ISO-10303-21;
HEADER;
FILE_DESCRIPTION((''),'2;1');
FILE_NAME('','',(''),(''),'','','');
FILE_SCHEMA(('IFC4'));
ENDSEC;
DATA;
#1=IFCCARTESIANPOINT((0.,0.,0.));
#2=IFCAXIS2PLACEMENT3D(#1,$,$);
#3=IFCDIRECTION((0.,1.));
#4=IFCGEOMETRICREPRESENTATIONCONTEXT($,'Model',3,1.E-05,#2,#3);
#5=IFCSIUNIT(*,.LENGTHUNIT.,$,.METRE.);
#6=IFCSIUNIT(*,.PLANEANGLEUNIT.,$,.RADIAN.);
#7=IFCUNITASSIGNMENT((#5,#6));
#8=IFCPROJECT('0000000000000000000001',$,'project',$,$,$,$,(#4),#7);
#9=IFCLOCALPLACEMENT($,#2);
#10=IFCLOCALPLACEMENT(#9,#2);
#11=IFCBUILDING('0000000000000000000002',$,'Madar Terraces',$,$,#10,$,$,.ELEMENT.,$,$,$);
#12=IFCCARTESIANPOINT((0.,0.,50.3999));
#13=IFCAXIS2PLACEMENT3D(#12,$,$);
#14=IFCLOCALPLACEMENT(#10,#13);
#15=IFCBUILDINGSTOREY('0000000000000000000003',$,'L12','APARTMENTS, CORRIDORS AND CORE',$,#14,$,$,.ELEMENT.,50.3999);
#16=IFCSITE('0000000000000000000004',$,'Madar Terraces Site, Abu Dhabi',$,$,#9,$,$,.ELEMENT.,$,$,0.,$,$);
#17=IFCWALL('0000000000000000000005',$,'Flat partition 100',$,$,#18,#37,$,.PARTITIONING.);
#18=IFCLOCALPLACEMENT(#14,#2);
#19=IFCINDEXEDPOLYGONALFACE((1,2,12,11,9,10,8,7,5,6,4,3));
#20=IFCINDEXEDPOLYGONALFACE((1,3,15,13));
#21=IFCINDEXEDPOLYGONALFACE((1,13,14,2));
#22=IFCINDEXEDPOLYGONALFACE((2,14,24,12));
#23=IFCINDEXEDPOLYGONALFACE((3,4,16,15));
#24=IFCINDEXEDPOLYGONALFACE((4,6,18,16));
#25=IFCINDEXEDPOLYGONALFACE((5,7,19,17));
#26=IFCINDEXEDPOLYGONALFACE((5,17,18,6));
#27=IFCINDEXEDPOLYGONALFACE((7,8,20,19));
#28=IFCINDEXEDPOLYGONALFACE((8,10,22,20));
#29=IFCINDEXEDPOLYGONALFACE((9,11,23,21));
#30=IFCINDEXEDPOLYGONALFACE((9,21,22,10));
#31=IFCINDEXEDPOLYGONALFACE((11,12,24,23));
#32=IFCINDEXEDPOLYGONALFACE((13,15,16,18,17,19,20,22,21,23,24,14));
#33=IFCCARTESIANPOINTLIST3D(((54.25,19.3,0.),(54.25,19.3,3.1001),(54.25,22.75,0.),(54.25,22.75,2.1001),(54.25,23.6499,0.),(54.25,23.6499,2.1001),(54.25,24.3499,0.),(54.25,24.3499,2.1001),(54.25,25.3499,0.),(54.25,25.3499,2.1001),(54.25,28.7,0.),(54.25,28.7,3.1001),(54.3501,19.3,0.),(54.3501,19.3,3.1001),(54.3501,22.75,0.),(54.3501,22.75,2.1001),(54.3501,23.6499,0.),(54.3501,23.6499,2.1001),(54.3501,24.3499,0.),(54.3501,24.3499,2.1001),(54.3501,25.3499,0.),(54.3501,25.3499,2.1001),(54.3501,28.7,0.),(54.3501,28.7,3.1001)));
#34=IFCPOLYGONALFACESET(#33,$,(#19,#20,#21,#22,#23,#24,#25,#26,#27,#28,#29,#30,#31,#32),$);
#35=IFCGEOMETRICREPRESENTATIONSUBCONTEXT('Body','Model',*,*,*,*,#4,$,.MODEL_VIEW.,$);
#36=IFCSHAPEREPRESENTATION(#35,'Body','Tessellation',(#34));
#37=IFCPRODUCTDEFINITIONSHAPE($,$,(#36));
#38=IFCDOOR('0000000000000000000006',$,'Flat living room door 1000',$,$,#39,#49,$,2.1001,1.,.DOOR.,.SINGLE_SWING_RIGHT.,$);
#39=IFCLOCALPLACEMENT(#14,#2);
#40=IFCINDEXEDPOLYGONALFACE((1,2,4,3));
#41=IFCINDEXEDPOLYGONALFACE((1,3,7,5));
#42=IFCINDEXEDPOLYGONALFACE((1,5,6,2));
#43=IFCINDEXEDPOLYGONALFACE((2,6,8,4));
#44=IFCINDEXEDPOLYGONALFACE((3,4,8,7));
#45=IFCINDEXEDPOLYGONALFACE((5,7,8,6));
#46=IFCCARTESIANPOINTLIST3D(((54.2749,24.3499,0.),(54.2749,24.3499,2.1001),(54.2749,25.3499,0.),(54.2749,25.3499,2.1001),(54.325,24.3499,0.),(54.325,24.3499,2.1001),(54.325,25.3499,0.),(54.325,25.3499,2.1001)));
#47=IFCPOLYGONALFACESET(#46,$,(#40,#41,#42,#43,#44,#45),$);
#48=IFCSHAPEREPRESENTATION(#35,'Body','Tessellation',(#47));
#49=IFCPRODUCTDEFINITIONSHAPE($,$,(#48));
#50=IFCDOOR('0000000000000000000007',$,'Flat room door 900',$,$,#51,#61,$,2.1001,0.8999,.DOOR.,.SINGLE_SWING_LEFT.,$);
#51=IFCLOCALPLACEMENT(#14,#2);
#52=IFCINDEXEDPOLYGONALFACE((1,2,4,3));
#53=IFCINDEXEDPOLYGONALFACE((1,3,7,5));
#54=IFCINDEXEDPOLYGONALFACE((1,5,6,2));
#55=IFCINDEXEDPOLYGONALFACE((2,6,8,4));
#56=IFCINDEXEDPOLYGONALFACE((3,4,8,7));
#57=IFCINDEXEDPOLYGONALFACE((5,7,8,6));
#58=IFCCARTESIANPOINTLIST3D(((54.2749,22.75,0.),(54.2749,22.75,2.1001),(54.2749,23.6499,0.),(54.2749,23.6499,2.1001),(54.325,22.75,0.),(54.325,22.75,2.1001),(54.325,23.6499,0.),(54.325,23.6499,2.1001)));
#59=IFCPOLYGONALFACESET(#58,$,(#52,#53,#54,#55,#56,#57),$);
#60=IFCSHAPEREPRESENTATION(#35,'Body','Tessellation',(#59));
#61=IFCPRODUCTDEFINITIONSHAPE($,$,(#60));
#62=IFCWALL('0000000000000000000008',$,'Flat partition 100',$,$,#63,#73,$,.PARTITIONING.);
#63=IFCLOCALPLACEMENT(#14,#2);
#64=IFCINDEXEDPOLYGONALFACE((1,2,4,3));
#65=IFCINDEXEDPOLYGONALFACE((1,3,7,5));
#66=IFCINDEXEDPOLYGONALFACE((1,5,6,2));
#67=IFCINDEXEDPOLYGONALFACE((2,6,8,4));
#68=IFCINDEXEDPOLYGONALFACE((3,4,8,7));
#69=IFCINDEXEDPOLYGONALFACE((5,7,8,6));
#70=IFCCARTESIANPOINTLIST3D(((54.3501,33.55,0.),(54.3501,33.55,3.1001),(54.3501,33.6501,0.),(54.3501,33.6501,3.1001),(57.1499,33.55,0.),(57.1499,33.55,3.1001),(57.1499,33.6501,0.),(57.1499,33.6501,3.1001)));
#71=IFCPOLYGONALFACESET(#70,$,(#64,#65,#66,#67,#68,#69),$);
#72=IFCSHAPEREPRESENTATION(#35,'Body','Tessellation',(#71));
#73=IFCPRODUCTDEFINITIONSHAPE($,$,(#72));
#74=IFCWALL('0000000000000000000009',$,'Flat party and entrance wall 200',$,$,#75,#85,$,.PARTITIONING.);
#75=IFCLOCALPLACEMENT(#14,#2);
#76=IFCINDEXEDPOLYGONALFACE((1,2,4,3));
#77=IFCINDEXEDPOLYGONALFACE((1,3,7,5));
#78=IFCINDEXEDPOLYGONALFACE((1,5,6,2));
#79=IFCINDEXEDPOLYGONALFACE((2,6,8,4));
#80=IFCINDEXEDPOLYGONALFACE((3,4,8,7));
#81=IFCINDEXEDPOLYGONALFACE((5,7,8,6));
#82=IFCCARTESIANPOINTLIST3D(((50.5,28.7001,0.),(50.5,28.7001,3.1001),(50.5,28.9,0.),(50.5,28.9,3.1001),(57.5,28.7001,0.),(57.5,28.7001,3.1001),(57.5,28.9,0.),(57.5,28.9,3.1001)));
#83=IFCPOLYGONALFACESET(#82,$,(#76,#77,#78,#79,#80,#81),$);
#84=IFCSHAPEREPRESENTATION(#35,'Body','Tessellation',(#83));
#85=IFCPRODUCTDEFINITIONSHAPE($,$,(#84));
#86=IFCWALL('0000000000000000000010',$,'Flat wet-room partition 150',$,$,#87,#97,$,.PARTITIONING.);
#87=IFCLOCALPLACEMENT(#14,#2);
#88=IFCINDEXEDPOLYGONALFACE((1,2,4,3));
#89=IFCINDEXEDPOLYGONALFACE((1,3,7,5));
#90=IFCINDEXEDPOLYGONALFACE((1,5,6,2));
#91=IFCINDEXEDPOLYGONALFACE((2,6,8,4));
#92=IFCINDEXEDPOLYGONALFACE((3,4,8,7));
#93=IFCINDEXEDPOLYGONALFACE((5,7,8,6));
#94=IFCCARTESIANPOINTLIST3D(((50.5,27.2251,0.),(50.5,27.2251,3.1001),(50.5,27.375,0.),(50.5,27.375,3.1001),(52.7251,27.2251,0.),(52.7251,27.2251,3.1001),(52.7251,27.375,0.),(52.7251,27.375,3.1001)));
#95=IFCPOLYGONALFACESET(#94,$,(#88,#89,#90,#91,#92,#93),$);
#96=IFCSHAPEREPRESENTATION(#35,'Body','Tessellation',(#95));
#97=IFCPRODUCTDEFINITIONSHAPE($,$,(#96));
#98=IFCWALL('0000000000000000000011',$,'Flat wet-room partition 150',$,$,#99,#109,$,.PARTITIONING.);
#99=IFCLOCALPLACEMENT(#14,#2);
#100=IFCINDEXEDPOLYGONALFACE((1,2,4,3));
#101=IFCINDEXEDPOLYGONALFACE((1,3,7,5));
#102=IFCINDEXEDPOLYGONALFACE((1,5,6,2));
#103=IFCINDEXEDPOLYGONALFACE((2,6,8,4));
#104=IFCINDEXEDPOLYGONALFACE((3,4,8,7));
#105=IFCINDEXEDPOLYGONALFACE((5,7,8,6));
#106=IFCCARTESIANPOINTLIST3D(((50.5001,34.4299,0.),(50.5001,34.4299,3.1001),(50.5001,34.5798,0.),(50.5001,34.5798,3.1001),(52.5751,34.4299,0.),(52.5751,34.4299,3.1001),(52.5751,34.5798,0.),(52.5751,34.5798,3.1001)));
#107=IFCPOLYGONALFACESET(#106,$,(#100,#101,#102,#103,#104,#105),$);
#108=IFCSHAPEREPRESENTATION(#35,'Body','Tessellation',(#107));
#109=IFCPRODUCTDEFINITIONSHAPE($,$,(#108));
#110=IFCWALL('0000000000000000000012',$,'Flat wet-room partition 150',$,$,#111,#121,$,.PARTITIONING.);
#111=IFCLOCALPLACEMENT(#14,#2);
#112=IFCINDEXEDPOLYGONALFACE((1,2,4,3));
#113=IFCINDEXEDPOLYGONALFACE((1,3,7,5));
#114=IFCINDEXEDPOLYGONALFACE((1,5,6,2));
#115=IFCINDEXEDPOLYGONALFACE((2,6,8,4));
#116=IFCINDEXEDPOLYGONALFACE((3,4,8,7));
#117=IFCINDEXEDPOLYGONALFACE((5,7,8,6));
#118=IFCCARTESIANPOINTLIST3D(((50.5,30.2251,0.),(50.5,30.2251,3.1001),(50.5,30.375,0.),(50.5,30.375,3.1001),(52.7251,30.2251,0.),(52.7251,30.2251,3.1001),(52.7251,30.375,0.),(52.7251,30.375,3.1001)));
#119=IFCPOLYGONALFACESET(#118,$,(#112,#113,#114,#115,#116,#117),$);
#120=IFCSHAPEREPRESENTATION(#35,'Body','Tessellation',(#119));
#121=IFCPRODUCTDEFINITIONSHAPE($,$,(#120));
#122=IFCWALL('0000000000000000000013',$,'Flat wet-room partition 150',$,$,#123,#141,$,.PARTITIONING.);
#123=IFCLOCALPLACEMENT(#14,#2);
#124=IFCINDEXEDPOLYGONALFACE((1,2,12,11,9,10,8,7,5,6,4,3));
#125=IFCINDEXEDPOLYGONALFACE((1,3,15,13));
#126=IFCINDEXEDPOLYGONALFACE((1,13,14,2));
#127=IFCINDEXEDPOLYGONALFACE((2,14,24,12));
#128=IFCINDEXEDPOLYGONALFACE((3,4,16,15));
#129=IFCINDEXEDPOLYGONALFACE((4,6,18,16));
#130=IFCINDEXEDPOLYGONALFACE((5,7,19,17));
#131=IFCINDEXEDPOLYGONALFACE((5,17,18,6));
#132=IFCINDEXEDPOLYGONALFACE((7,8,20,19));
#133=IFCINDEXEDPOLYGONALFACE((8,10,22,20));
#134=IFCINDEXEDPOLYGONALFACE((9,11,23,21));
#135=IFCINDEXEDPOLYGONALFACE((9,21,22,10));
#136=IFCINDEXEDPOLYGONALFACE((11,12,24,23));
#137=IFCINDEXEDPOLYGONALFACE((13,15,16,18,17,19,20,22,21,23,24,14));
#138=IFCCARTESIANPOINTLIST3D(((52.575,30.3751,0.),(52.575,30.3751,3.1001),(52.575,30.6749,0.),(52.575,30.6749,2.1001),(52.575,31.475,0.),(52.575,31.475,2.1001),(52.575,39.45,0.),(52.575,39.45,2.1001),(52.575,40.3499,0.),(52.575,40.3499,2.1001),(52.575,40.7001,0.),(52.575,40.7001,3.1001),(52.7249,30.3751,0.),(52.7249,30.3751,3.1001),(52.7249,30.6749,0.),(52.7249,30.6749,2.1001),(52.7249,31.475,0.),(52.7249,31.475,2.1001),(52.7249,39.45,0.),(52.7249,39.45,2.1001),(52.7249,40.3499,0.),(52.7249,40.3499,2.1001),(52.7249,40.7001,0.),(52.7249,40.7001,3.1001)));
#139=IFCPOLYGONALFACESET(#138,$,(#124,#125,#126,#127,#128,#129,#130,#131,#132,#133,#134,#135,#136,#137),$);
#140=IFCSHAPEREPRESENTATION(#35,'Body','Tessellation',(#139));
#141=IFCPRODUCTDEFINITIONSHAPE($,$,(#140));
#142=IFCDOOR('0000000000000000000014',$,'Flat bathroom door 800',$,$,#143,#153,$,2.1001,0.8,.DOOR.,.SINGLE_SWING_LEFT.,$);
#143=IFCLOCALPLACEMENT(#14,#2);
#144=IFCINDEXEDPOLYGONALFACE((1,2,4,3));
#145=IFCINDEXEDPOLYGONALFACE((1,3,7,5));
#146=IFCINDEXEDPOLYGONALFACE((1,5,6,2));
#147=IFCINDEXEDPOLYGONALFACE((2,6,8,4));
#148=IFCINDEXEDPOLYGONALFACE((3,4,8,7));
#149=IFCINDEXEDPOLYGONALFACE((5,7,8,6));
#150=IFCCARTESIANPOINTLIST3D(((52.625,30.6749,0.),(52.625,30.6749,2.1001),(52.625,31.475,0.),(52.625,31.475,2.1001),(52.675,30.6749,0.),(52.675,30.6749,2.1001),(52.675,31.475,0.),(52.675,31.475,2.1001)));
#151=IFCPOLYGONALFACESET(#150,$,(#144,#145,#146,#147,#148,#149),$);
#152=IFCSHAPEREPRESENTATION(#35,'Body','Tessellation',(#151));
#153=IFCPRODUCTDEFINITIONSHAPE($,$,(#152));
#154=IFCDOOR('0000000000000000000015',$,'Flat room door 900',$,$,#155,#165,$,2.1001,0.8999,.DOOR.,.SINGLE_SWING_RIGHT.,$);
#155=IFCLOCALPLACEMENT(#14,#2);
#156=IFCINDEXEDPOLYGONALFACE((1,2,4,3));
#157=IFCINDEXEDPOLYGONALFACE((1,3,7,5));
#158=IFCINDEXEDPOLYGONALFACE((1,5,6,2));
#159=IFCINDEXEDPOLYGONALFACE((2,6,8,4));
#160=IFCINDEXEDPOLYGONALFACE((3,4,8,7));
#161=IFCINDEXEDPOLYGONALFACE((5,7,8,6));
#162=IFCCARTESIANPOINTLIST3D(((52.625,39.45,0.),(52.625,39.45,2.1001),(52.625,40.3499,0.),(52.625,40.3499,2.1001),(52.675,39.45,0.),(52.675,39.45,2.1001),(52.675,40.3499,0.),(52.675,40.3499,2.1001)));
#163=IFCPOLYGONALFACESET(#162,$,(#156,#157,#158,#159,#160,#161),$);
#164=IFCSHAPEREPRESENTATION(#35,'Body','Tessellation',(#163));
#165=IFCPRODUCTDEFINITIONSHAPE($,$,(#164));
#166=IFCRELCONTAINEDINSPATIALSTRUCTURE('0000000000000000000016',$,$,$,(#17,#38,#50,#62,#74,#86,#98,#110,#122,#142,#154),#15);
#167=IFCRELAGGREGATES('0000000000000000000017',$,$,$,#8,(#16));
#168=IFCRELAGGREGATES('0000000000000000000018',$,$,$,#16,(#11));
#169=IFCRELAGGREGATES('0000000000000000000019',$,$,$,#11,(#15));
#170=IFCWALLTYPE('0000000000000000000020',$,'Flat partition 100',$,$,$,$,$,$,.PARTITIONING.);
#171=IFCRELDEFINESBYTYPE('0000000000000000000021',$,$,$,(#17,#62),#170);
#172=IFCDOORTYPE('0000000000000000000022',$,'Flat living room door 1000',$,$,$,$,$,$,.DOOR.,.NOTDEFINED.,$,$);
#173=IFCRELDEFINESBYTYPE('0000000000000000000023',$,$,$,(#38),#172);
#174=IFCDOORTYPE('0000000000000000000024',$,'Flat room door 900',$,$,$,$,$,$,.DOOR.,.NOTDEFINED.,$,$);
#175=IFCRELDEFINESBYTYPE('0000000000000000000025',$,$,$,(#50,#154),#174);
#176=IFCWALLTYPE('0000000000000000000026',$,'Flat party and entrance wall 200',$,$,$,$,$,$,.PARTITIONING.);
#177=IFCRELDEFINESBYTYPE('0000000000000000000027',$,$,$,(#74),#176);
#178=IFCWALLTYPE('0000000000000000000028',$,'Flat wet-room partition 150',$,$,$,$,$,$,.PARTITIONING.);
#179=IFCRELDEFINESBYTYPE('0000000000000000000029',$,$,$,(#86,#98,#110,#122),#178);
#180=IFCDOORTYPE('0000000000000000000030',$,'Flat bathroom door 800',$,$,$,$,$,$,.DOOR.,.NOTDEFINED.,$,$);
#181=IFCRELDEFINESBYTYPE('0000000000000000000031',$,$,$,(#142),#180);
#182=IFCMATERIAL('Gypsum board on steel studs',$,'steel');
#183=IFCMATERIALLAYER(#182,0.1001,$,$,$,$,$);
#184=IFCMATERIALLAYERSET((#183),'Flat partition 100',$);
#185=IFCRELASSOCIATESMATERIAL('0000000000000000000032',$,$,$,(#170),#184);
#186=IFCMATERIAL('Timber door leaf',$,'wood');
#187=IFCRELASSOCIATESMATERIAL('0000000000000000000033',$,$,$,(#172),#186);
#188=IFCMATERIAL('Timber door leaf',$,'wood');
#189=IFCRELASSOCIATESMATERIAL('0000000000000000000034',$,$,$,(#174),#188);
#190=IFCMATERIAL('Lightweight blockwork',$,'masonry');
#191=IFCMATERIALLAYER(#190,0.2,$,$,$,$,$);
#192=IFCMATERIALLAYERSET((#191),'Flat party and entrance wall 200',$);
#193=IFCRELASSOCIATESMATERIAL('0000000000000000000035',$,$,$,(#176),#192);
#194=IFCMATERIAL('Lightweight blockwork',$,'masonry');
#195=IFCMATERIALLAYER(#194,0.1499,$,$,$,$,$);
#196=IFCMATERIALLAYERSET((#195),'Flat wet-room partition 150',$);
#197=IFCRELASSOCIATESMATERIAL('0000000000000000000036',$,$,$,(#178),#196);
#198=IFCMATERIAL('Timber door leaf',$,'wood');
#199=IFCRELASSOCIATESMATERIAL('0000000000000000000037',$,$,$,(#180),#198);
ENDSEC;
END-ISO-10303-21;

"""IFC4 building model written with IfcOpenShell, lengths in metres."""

from ifc_helpers import new_model, si_unit, direction, frame, frame_2d, origin, place, context, subcontext, project, spatial, rectangle, extrude, material, layer, layer_set, type_object, element, fill, save


model = new_model("IFC4")

# Units and contexts
model_context = context("Model", 3, precision=1e-05, world=origin(), true_north=direction((0.0, 1.0)))
body_context = subcontext(model_context, "Body", "Model", "MODEL_VIEW")
ifc_project = project(units=[si_unit("LENGTHUNIT", "METRE"), si_unit("PLANEANGLEUNIT", "RADIAN")], contexts=[model_context])

# Site, building, storey
site_placement = place(None, origin())
site = spatial("IfcSite", under=ifc_project, at=site_placement, Name="Madar Terraces Site, Abu Dhabi", CompositionType="ELEMENT", RefElevation=0.0)
building_placement = place(site_placement, origin())
building = spatial("IfcBuilding", under=site, at=building_placement, Name="Madar Terraces", CompositionType="ELEMENT")
storey_placement = place(building_placement, frame((0.0, 0.0, 50.3999)))
storey = spatial("IfcBuildingStorey", under=building, at=storey_placement, Name="L12", Description="APARTMENTS, CORRIDORS AND CORE", CompositionType="ELEMENT", Elevation=50.3999)

# Wall, openings, doors
ifc_material_1 = material(Name="Gypsum board on steel studs", Category="steel")
ifc_layer_1 = layer(ifc_material_1, 0.1001)
ifc_layer_set_1 = layer_set([ifc_layer_1], Name="Flat partition 100")
wall_type_1 = type_object("IfcWallType", Name="Flat partition 100", PredefinedType="PARTITIONING", material=ifc_layer_set_1)
wall_1_placement = place(storey_placement, frame((54.3, 28.7, 0.0), z_axis=(0.0, 0.0, 1.0), x_axis=(0.0, -1.0, 0.0)))
wall_1 = element("IfcWall", 1, at=wall_1_placement, inside=storey, type_object=wall_type_1, Name="Flat partition 100", PredefinedType="PARTITIONING", context=body_context, shape_type="SweptSolid", body=[
    extrude(rectangle(XDim=9.3999, YDim=0.1001, at=frame_2d((4.7, 0.0))), origin(), (0.0, 0.0, 1.0), 3.1001),
])
opening_1_placement = place(wall_1_placement, frame((3.3501, 0.0, 0.0)))
opening_1 = element("IfcOpeningElement", 2, at=opening_1_placement, cuts=wall_1, PredefinedType="OPENING", context=body_context, shape_type="SweptSolid", body=[
    extrude(rectangle(XDim=1.0, YDim=2.1001, at=frame_2d((0.5, 1.05))), frame((0.0, 0.0601, 0.0), z_axis=(0.0, -1.0, 0.0), x_axis=(1.0, 0.0, 0.0)), (0.0, 0.0, 1.0), 0.1201),
])
opening_2_placement = place(wall_1_placement, frame((5.05, 0.0, 0.0)))
opening_2 = element("IfcOpeningElement", 3, at=opening_2_placement, cuts=wall_1, PredefinedType="OPENING", context=body_context, shape_type="SweptSolid", body=[
    extrude(rectangle(XDim=0.8999, YDim=2.1001, at=frame_2d((0.45, 1.05))), frame((0.0, 0.0601, 0.0), z_axis=(0.0, -1.0, 0.0), x_axis=(1.0, 0.0, 0.0)), (0.0, 0.0, 1.0), 0.1201),
])
ifc_material_2 = material(Name="Timber door leaf", Category="wood")
door_type_1 = type_object("IfcDoorType", Name="Flat living room door 1000", OperationType="NOTDEFINED", PredefinedType="DOOR", material=ifc_material_2)
door_1_placement = place(opening_1_placement, origin())
door_1 = element("IfcDoor", 4, at=door_1_placement, inside=storey, type_object=door_type_1, Name="Flat living room door 1000", OperationType="SINGLE_SWING_RIGHT", OverallHeight=2.1001, OverallWidth=1.0, PredefinedType="DOOR", context=body_context, shape_type="SweptSolid", body=[
    extrude(rectangle(XDim=1.0, YDim=2.1001, at=frame_2d((0.5, 1.05))), frame((0.0, 0.0249, 0.0), z_axis=(0.0, -1.0, 0.0), x_axis=(1.0, 0.0, 0.0)), (0.0, 0.0, 1.0), 0.05),
])
fill(opening_1, door_1)
ifc_material_3 = material(Name="Timber door leaf", Category="wood")
door_type_2 = type_object("IfcDoorType", Name="Flat room door 900", OperationType="NOTDEFINED", PredefinedType="DOOR", material=ifc_material_3)
door_2_placement = place(opening_2_placement, origin())
door_2 = element("IfcDoor", 5, at=door_2_placement, inside=storey, type_object=door_type_2, Name="Flat room door 900", OperationType="SINGLE_SWING_LEFT", OverallHeight=2.1001, OverallWidth=0.8999, PredefinedType="DOOR", context=body_context, shape_type="SweptSolid", body=[
    extrude(rectangle(XDim=0.8999, YDim=2.1001, at=frame_2d((0.45, 1.05))), frame((0.0, 0.0249, 0.0), z_axis=(0.0, -1.0, 0.0), x_axis=(1.0, 0.0, 0.0)), (0.0, 0.0, 1.0), 0.05),
])
fill(opening_2, door_2)

# Walls
wall_2_placement = place(storey_placement, frame((54.3501, 33.6001, 0.0), z_axis=(0.0, 0.0, 1.0), x_axis=(1.0, 0.0, 0.0)))
element("IfcWall", 6, at=wall_2_placement, inside=storey, type_object=wall_type_1, Name="Flat partition 100", PredefinedType="PARTITIONING", context=body_context, shape_type="SweptSolid", body=[
    extrude(rectangle(XDim=2.7998, YDim=0.1001, at=frame_2d((1.3999, 0.0))), origin(), (0.0, 0.0, 1.0), 3.1001),
])
ifc_material_4 = material(Name="Lightweight blockwork", Category="masonry")
ifc_layer_2 = layer(ifc_material_4, 0.2)
ifc_layer_set_2 = layer_set([ifc_layer_2], Name="Flat party and entrance wall 200")
wall_type_2 = type_object("IfcWallType", Name="Flat party and entrance wall 200", PredefinedType="PARTITIONING", material=ifc_layer_set_2)
wall_3_placement = place(storey_placement, frame((50.5, 28.8, 0.0), z_axis=(0.0, 0.0, 1.0), x_axis=(1.0, 0.0, 0.0)))
element("IfcWall", 7, at=wall_3_placement, inside=storey, type_object=wall_type_2, Name="Flat party and entrance wall 200", PredefinedType="PARTITIONING", context=body_context, shape_type="SweptSolid", body=[
    extrude(rectangle(XDim=7.0, YDim=0.2, at=frame_2d((3.5, 0.0))), origin(), (0.0, 0.0, 1.0), 3.1001),
])
ifc_material_5 = material(Name="Lightweight blockwork", Category="masonry")
ifc_layer_3 = layer(ifc_material_5, 0.1499)
ifc_layer_set_3 = layer_set([ifc_layer_3], Name="Flat wet-room partition 150")
wall_type_3 = type_object("IfcWallType", Name="Flat wet-room partition 150", PredefinedType="PARTITIONING", material=ifc_layer_set_3)
wall_4_placement = place(storey_placement, frame((50.5, 27.3, 0.0), z_axis=(0.0, 0.0, 1.0), x_axis=(1.0, 0.0, 0.0)))
element("IfcWall", 8, at=wall_4_placement, inside=storey, type_object=wall_type_3, Name="Flat wet-room partition 150", PredefinedType="PARTITIONING", context=body_context, shape_type="SweptSolid", body=[
    extrude(rectangle(XDim=2.2251, YDim=0.1499, at=frame_2d((1.1125, 0.0))), origin(), (0.0, 0.0, 1.0), 3.1001),
])
wall_5_placement = place(storey_placement, frame((50.5, 34.5049, 0.0), z_axis=(0.0, 0.0, 1.0), x_axis=(1.0, 0.0, 0.0)))
element("IfcWall", 9, at=wall_5_placement, inside=storey, type_object=wall_type_3, Name="Flat wet-room partition 150", PredefinedType="PARTITIONING", context=body_context, shape_type="SweptSolid", body=[
    extrude(rectangle(XDim=2.075, YDim=0.1499, at=frame_2d((1.0376, 0.0))), origin(), (0.0, 0.0, 1.0), 3.1001),
])
wall_6_placement = place(storey_placement, frame((50.5, 30.3, 0.0), z_axis=(0.0, 0.0, 1.0), x_axis=(1.0, 0.0, 0.0)))
element("IfcWall", 10, at=wall_6_placement, inside=storey, type_object=wall_type_3, Name="Flat wet-room partition 150", PredefinedType="PARTITIONING", context=body_context, shape_type="SweptSolid", body=[
    extrude(rectangle(XDim=2.2251, YDim=0.1499, at=frame_2d((1.1125, 0.0))), origin(), (0.0, 0.0, 1.0), 3.1001),
])

# Wall, openings, doors
wall_7_placement = place(storey_placement, frame((52.6499, 30.375, 0.0), z_axis=(0.0, 0.0, 1.0), x_axis=(0.0, 1.0, 0.0)))
wall_7 = element("IfcWall", 11, at=wall_7_placement, inside=storey, type_object=wall_type_3, Name="Flat wet-room partition 150", PredefinedType="PARTITIONING", context=body_context, shape_type="SweptSolid", body=[
    extrude(rectangle(XDim=10.325, YDim=0.1499, at=frame_2d((5.1626, 0.0))), origin(), (0.0, 0.0, 1.0), 3.1001),
])
opening_3_placement = place(wall_7_placement, frame((0.3, 0.0, 0.0)))
opening_3 = element("IfcOpeningElement", 12, at=opening_3_placement, cuts=wall_7, PredefinedType="OPENING", context=body_context, shape_type="SweptSolid", body=[
    extrude(rectangle(XDim=0.8, YDim=2.1001, at=frame_2d((0.3999, 1.05))), frame((0.0, 0.085, 0.0), z_axis=(0.0, -1.0, 0.0), x_axis=(1.0, 0.0, 0.0)), (0.0, 0.0, 1.0), 0.1699),
])
opening_4_placement = place(wall_7_placement, frame((9.075, 0.0, 0.0)))
opening_4 = element("IfcOpeningElement", 13, at=opening_4_placement, cuts=wall_7, PredefinedType="OPENING", context=body_context, shape_type="SweptSolid", body=[
    extrude(rectangle(XDim=0.8999, YDim=2.1001, at=frame_2d((0.45, 1.05))), frame((0.0, 0.085, 0.0), z_axis=(0.0, -1.0, 0.0), x_axis=(1.0, 0.0, 0.0)), (0.0, 0.0, 1.0), 0.1699),
])
ifc_material_6 = material(Name="Timber door leaf", Category="wood")
door_type_3 = type_object("IfcDoorType", Name="Flat bathroom door 800", OperationType="NOTDEFINED", PredefinedType="DOOR", material=ifc_material_6)
door_3_placement = place(opening_3_placement, origin())
door_3 = element("IfcDoor", 14, at=door_3_placement, inside=storey, type_object=door_type_3, Name="Flat bathroom door 800", OperationType="SINGLE_SWING_LEFT", OverallHeight=2.1001, OverallWidth=0.8, PredefinedType="DOOR", context=body_context, shape_type="SweptSolid", body=[
    extrude(rectangle(XDim=0.8, YDim=2.1001, at=frame_2d((0.3999, 1.05))), frame((0.0, 0.0249, 0.0), z_axis=(0.0, -1.0, 0.0), x_axis=(1.0, 0.0, 0.0)), (0.0, 0.0, 1.0), 0.05),
])
fill(opening_3, door_3)
door_4_placement = place(opening_4_placement, origin())
door_4 = element("IfcDoor", 15, at=door_4_placement, inside=storey, type_object=door_type_2, Name="Flat room door 900", OperationType="SINGLE_SWING_RIGHT", OverallHeight=2.1001, OverallWidth=0.8999, PredefinedType="DOOR", context=body_context, shape_type="SweptSolid", body=[
    extrude(rectangle(XDim=0.8999, YDim=2.1001, at=frame_2d((0.45, 1.05))), frame((0.0, 0.0249, 0.0), z_axis=(0.0, -1.0, 0.0), x_axis=(1.0, 0.0, 0.0)), (0.0, 0.0, 1.0), 0.05),
])
fill(opening_4, door_4)

save(model, "model.ifc")
